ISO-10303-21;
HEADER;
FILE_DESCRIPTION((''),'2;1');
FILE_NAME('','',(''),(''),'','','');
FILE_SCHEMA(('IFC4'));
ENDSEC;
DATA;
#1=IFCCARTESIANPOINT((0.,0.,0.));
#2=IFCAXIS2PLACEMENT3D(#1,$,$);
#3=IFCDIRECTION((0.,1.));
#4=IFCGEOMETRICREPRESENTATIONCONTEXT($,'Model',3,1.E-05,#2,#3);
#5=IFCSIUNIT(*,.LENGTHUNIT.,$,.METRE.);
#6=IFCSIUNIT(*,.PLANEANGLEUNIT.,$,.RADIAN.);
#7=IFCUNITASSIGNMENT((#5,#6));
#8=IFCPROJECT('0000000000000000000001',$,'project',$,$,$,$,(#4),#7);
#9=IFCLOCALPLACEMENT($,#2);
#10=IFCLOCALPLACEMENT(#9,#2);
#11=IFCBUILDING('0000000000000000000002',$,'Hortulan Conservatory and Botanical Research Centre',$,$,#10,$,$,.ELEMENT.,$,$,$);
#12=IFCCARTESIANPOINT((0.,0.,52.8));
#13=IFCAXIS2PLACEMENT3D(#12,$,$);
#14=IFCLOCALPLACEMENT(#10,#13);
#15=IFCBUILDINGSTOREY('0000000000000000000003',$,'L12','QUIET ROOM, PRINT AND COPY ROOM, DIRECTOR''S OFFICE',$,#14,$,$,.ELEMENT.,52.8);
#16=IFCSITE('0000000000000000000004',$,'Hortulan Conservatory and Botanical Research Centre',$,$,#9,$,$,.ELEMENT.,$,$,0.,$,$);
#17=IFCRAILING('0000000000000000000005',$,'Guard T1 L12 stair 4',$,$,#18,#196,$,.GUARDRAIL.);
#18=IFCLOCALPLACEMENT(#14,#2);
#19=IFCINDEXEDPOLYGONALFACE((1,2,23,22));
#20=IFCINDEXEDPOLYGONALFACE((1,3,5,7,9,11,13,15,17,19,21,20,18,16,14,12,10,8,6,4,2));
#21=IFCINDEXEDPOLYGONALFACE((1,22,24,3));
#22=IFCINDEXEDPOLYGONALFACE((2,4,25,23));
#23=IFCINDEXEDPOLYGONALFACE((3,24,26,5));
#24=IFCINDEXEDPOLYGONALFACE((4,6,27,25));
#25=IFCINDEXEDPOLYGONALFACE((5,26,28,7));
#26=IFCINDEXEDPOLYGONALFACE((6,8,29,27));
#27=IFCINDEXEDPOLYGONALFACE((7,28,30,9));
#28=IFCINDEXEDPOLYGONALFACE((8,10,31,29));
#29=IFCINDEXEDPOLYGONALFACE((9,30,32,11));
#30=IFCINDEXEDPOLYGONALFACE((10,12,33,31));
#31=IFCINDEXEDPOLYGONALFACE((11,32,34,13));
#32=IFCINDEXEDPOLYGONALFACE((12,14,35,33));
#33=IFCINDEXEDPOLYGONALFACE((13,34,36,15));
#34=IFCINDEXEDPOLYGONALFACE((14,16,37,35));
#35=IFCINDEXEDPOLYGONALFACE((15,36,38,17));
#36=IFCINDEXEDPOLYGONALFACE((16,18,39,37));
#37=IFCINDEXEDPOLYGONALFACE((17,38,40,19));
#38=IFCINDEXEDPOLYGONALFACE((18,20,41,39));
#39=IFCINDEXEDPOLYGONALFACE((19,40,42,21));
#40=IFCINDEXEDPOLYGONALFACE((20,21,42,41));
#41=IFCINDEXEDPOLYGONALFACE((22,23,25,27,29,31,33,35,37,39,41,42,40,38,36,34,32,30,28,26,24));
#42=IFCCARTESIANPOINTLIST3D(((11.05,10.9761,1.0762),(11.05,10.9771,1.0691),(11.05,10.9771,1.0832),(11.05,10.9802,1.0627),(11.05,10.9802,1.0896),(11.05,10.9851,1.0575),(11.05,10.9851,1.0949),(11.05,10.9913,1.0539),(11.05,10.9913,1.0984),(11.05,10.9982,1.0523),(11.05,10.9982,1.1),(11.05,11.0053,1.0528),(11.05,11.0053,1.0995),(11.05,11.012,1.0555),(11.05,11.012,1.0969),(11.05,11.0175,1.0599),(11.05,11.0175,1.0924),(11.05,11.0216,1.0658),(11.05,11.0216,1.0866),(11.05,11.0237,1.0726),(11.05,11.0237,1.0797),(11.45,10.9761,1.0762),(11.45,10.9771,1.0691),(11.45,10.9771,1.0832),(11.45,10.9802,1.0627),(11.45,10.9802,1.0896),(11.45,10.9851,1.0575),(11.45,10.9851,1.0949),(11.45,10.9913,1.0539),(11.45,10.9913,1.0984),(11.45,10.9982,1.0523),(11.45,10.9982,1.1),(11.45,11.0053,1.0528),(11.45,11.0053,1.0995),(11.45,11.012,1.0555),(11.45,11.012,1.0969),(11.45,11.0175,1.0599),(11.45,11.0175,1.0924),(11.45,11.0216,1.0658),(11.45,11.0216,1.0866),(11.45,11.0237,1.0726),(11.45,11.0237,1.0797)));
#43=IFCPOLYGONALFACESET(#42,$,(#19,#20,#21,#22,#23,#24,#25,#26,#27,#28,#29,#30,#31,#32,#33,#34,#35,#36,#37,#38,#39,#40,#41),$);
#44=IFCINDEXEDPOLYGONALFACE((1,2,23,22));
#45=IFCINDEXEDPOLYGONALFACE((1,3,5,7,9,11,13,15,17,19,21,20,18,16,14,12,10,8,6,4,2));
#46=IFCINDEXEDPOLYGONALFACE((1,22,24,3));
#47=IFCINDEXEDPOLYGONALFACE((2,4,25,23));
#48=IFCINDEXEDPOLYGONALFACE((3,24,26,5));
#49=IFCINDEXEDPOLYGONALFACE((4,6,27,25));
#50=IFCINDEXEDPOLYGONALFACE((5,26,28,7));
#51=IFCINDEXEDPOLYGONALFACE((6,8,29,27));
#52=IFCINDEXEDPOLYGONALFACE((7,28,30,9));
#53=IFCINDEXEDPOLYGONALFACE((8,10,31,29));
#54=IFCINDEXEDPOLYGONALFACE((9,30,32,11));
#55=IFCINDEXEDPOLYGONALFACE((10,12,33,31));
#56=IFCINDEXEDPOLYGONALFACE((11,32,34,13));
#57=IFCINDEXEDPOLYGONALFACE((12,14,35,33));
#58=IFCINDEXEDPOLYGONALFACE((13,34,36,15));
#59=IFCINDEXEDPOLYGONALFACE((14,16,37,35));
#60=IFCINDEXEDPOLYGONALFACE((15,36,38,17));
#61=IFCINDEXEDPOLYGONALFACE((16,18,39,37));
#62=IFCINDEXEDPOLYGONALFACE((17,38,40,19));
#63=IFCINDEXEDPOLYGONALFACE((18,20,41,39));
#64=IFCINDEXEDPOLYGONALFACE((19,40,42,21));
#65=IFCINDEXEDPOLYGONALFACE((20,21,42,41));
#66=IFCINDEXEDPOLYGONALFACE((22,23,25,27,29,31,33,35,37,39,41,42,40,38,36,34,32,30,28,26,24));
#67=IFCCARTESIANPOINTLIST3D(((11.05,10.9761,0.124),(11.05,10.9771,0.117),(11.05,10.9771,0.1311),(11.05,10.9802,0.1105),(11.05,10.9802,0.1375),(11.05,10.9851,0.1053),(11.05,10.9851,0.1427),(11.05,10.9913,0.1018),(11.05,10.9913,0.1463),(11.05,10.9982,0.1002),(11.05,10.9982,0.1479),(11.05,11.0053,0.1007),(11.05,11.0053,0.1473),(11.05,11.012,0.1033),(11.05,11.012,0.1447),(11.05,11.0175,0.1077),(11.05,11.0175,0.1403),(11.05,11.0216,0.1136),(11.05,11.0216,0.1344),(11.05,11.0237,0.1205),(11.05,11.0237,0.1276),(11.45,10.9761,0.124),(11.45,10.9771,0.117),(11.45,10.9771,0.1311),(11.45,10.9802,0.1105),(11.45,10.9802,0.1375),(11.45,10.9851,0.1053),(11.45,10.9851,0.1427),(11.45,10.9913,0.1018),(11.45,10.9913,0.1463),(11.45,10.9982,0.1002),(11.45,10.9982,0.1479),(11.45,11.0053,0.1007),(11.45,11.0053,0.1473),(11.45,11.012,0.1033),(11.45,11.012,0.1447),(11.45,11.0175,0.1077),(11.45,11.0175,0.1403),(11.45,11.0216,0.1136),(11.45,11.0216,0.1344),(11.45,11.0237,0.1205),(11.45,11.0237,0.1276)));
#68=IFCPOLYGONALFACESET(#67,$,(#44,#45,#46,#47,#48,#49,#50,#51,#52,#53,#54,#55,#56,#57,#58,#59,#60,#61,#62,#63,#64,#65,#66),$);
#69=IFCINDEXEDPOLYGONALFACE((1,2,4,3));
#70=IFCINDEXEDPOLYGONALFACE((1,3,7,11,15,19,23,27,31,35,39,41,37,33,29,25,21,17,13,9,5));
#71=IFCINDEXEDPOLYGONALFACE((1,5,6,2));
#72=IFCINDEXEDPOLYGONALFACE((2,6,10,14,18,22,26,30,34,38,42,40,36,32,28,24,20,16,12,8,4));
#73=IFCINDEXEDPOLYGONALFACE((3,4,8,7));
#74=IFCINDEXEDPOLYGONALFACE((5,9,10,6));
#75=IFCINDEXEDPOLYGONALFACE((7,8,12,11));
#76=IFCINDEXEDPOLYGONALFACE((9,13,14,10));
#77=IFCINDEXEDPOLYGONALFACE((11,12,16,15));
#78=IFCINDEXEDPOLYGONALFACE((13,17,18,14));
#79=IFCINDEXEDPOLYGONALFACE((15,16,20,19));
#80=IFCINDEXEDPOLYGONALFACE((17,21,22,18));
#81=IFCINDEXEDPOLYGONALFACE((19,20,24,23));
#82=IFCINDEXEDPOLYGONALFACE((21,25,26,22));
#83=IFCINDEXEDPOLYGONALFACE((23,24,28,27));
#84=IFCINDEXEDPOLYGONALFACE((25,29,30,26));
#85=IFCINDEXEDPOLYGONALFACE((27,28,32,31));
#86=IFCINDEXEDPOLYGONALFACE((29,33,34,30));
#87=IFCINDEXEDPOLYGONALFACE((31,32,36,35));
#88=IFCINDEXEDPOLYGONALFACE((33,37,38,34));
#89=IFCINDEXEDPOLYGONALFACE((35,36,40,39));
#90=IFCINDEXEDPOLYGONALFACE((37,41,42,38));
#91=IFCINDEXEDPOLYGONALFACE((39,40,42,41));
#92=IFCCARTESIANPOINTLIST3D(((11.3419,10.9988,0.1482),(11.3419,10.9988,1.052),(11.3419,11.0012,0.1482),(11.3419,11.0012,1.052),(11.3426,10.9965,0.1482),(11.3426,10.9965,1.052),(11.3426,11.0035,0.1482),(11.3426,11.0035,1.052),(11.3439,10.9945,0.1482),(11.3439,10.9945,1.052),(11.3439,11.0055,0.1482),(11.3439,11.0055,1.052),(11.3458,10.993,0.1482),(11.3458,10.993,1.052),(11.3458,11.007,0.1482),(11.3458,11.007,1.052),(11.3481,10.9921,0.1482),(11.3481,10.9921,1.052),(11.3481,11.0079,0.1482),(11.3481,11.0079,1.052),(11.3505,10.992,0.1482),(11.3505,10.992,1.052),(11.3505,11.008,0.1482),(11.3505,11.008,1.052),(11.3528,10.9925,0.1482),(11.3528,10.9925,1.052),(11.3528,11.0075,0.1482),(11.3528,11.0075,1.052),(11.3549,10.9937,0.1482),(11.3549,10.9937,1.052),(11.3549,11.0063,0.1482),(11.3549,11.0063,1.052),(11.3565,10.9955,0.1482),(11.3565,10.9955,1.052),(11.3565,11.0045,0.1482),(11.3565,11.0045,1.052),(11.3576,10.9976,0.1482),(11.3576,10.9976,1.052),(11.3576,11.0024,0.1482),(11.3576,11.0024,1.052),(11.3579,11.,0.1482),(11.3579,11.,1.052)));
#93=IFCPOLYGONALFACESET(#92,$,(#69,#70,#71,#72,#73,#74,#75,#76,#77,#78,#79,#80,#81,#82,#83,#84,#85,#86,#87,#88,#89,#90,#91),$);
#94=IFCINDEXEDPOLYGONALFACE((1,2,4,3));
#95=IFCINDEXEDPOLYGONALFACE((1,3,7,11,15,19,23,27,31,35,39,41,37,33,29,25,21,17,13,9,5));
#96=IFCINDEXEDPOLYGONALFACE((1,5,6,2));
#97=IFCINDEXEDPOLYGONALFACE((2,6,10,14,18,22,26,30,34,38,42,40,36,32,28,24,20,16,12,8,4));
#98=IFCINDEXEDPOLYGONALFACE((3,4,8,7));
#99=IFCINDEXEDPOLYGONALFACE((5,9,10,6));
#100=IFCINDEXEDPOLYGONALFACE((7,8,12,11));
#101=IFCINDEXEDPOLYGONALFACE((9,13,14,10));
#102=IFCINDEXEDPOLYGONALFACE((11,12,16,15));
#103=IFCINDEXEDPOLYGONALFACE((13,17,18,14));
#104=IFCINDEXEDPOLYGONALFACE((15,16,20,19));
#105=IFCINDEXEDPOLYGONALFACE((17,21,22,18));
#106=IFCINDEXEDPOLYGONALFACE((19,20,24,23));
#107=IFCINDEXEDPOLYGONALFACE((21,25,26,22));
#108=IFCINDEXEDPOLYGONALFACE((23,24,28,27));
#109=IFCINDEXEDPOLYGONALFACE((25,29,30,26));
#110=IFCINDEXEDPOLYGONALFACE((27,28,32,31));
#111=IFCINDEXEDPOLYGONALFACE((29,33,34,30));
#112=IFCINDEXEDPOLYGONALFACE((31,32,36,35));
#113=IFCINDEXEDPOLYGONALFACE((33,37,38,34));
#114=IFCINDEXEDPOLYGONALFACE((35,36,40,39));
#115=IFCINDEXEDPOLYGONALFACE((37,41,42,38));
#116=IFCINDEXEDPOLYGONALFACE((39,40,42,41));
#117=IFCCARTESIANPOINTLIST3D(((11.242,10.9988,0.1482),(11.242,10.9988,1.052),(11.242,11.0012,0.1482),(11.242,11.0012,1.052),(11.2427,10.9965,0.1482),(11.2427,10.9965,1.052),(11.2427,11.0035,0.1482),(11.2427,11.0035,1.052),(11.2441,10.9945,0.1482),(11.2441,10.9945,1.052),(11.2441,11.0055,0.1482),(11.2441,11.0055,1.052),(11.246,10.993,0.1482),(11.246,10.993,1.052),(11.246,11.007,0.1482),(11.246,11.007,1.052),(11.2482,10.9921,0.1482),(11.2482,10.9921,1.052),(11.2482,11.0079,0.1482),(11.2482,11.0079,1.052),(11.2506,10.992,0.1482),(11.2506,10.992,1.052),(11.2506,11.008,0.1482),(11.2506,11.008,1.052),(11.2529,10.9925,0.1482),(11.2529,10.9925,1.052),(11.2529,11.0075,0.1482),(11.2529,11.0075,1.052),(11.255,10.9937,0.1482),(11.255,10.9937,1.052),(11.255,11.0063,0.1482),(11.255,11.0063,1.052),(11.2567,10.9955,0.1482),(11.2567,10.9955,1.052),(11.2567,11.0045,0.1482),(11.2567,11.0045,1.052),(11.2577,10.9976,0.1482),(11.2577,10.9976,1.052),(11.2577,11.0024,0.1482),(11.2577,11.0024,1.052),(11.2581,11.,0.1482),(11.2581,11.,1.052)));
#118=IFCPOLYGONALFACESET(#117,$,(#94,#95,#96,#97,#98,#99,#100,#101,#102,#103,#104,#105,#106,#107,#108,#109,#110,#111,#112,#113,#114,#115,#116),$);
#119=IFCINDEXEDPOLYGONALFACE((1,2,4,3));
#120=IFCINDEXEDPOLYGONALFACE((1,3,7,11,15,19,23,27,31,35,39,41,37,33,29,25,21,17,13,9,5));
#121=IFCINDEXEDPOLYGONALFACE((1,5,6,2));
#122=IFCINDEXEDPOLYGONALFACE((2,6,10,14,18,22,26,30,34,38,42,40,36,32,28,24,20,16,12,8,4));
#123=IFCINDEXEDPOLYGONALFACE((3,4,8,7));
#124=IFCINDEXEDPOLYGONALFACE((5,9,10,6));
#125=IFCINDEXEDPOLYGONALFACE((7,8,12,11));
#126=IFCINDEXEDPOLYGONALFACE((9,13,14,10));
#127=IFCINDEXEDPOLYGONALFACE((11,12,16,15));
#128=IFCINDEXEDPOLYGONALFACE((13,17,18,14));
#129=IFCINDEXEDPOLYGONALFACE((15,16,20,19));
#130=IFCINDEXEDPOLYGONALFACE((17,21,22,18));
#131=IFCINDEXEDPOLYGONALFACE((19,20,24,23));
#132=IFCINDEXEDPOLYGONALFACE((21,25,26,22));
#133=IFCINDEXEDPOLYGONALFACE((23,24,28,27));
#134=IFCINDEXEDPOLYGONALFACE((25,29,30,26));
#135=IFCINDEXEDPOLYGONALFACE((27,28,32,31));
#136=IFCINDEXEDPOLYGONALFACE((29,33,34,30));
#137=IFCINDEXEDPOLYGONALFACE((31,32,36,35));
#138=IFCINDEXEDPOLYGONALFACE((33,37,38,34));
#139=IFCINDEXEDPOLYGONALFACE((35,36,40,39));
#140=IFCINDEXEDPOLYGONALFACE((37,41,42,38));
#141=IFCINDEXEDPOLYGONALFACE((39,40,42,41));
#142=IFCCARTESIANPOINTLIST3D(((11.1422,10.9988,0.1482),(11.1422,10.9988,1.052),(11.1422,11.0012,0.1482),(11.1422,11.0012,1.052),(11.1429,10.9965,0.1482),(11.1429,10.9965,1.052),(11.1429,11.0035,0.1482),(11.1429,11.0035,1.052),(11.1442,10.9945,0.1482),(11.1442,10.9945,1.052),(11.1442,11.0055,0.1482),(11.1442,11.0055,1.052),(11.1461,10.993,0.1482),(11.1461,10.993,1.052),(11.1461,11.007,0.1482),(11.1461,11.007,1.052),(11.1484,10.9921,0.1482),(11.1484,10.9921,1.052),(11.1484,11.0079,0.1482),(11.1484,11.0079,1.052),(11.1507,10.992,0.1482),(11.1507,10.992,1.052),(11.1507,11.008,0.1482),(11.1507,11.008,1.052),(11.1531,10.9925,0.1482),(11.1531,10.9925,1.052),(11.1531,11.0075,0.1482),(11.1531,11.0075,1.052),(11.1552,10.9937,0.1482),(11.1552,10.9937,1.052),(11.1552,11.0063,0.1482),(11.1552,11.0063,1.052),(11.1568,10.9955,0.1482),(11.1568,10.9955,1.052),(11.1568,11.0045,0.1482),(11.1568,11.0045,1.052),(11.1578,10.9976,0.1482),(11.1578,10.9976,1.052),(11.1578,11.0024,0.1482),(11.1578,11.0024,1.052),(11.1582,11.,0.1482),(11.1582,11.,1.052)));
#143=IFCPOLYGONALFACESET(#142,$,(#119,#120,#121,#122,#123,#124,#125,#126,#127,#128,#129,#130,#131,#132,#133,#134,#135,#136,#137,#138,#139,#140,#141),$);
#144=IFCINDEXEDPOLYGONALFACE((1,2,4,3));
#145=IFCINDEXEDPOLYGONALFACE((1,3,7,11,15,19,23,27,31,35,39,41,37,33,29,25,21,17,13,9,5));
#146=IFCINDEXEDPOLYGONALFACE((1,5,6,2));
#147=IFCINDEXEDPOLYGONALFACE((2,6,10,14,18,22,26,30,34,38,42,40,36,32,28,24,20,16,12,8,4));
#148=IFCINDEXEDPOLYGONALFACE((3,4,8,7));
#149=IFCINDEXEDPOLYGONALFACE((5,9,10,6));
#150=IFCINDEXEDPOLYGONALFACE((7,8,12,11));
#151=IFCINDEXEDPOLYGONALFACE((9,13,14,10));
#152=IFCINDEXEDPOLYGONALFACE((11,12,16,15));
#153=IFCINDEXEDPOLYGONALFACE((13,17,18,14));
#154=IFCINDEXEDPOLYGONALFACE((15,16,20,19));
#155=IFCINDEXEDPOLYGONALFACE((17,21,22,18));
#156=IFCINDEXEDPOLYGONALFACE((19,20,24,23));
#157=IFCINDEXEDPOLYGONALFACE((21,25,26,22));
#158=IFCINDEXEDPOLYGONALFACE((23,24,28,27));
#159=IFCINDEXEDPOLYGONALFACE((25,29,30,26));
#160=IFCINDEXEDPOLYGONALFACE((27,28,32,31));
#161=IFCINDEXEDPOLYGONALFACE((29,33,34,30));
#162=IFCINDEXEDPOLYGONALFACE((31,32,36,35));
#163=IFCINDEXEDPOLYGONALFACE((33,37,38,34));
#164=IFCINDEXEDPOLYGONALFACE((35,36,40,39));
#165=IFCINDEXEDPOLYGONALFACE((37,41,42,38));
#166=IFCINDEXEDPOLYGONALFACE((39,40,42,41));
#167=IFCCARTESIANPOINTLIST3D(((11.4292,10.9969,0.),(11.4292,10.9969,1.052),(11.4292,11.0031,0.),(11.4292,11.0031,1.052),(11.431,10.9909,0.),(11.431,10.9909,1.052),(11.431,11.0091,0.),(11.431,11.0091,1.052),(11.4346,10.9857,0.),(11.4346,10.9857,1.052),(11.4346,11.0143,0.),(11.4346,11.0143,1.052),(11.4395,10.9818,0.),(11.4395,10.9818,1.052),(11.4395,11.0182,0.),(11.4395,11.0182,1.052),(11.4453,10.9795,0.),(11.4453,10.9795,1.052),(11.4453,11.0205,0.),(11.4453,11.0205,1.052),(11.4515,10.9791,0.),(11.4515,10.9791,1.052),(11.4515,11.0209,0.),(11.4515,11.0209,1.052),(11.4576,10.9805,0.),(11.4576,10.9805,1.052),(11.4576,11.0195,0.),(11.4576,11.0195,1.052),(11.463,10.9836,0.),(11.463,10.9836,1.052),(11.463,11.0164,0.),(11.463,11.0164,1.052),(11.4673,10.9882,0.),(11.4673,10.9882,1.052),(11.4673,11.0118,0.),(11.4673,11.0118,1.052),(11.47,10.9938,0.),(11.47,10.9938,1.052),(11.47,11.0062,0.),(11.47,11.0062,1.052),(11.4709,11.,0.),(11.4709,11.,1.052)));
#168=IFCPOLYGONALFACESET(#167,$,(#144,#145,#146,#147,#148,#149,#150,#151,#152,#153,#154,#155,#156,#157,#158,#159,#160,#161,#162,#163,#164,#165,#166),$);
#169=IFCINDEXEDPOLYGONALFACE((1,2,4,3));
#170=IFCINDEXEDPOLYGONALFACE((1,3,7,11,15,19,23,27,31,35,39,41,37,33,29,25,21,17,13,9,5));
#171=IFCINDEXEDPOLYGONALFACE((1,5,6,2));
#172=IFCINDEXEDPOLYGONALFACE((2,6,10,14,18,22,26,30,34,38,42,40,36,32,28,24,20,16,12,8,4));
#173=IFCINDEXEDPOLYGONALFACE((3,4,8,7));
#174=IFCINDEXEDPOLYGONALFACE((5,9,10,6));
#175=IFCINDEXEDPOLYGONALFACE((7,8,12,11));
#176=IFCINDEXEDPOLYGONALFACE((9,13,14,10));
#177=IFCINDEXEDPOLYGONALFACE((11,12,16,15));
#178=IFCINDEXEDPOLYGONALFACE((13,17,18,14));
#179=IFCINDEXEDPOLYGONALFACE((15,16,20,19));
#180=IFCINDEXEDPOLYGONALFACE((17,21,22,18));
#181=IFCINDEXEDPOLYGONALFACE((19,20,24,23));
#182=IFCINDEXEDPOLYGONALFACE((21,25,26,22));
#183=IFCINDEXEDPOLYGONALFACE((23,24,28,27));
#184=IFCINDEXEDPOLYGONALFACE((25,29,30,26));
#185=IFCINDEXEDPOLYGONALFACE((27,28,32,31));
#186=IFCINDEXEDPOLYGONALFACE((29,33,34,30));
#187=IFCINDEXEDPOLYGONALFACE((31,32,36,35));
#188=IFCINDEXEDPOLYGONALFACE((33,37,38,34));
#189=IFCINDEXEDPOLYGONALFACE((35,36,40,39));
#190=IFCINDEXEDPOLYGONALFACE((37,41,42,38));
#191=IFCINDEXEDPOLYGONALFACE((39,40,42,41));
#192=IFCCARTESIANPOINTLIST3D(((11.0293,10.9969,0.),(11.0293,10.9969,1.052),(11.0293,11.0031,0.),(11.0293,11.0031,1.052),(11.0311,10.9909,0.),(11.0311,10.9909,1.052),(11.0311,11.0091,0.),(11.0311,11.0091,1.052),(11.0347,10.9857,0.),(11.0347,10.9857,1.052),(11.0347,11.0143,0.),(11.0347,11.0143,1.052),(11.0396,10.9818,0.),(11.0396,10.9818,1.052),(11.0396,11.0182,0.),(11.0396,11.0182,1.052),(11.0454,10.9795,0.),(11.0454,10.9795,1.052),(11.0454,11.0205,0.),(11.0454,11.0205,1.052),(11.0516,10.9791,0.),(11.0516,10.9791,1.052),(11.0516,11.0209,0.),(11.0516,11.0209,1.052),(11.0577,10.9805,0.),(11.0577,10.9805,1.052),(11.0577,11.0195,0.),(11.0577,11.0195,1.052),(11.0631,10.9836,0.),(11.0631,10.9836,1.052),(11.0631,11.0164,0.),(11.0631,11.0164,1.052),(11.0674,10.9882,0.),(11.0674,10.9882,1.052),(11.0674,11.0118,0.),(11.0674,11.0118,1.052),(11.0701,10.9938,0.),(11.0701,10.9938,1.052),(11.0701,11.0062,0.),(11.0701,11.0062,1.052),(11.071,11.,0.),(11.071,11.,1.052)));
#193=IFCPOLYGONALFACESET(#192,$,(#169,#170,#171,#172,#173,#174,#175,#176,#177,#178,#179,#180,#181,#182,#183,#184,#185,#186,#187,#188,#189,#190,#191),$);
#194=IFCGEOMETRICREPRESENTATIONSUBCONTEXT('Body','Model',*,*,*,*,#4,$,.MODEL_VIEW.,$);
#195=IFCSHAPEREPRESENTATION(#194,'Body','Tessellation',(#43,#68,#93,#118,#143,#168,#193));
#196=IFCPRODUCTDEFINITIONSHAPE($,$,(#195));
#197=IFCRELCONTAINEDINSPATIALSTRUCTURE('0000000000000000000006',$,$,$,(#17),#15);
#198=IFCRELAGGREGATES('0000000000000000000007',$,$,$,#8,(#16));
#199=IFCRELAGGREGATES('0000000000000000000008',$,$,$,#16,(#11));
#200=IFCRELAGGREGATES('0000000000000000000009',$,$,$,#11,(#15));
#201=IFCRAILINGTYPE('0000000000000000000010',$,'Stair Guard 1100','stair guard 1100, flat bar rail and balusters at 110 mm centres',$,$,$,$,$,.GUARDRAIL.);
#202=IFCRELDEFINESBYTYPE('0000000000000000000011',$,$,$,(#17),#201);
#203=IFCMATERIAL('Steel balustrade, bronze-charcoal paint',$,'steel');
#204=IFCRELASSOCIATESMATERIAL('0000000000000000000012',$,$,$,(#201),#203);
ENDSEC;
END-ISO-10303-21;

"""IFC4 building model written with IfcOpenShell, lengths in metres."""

from ifc_helpers import new_model, si_unit, direction, frame, origin, origin_2d, place, context, subcontext, project, spatial, circle, extrude, material, type_object, element, save


model = new_model("IFC4")

# Units and contexts
model_context = context("Model", 3, precision=1e-05, world=origin(), true_north=direction((0.0, 1.0)))
body_context = subcontext(model_context, "Body", "Model", "MODEL_VIEW")
ifc_project = project(units=[si_unit("LENGTHUNIT", "METRE"), si_unit("PLANEANGLEUNIT", "RADIAN")], contexts=[model_context])

# Site, building, storey
site_placement = place(None, origin())
site = spatial("IfcSite", under=ifc_project, at=site_placement, Name="Hortulan Conservatory and Botanical Research Centre", CompositionType="ELEMENT", RefElevation=0.0)
building_placement = place(site_placement, origin())
building = spatial("IfcBuilding", under=site, at=building_placement, Name="Hortulan Conservatory and Botanical Research Centre", CompositionType="ELEMENT")
storey_placement = place(building_placement, frame((0.0, 0.0, 52.8)))
storey = spatial("IfcBuildingStorey", under=building, at=storey_placement, Name="L12", Description="QUIET ROOM, PRINT AND COPY ROOM, DIRECTOR'S OFFICE", CompositionType="ELEMENT", Elevation=52.8)

# Railing
ifc_material_1 = material(Name="Steel balustrade, bronze-charcoal paint", Category="steel")
railing_type_1 = type_object("IfcRailingType", Name="Stair Guard 1100", Description="stair guard 1100, flat bar rail and balusters at 110 mm centres", PredefinedType="GUARDRAIL", material=ifc_material_1)
railing_1_placement = place(storey_placement, frame((11.45, 11.0, 0.0)))
element("IfcRailing", 1, at=railing_1_placement, inside=storey, type_object=railing_type_1, Name="Guard T1 L12 stair 4", PredefinedType="GUARDRAIL", context=body_context, shape_type="SweptSolid", body=[
    extrude(circle(Radius=0.0239, at=origin_2d()), frame((0.0, 0.0, 1.0762), z_axis=(-1.0, 0.0, 0.0), x_axis=(0.0, -1.0, 0.0)), (0.0, 0.0, 1.0), 0.3999),
    extrude(circle(Radius=0.0239, at=origin_2d()), frame((0.0, 0.0, 0.124), z_axis=(-1.0, 0.0, 0.0), x_axis=(0.0, -1.0, 0.0)), (0.0, 0.0, 1.0), 0.3999),
    extrude(circle(Radius=0.0081, at=origin_2d()), frame((-0.1001, 0.0, 0.1482)), (0.0, 0.0, 1.0), 0.9038),
    extrude(circle(Radius=0.0081, at=origin_2d()), frame((-0.2, 0.0, 0.1482)), (0.0, 0.0, 1.0), 0.9038),
    extrude(circle(Radius=0.0081, at=origin_2d()), frame((-0.2998, 0.0, 0.1482)), (0.0, 0.0, 1.0), 0.9038),
    extrude(circle(Radius=0.021, at=origin_2d()), origin(), (0.0, 0.0, 1.0), 1.052),
    extrude(circle(Radius=0.021, at=origin_2d()), frame((-0.3999, 0.0, 0.0)), (0.0, 0.0, 1.0), 1.052),
])

save(model, "model.ifc")
